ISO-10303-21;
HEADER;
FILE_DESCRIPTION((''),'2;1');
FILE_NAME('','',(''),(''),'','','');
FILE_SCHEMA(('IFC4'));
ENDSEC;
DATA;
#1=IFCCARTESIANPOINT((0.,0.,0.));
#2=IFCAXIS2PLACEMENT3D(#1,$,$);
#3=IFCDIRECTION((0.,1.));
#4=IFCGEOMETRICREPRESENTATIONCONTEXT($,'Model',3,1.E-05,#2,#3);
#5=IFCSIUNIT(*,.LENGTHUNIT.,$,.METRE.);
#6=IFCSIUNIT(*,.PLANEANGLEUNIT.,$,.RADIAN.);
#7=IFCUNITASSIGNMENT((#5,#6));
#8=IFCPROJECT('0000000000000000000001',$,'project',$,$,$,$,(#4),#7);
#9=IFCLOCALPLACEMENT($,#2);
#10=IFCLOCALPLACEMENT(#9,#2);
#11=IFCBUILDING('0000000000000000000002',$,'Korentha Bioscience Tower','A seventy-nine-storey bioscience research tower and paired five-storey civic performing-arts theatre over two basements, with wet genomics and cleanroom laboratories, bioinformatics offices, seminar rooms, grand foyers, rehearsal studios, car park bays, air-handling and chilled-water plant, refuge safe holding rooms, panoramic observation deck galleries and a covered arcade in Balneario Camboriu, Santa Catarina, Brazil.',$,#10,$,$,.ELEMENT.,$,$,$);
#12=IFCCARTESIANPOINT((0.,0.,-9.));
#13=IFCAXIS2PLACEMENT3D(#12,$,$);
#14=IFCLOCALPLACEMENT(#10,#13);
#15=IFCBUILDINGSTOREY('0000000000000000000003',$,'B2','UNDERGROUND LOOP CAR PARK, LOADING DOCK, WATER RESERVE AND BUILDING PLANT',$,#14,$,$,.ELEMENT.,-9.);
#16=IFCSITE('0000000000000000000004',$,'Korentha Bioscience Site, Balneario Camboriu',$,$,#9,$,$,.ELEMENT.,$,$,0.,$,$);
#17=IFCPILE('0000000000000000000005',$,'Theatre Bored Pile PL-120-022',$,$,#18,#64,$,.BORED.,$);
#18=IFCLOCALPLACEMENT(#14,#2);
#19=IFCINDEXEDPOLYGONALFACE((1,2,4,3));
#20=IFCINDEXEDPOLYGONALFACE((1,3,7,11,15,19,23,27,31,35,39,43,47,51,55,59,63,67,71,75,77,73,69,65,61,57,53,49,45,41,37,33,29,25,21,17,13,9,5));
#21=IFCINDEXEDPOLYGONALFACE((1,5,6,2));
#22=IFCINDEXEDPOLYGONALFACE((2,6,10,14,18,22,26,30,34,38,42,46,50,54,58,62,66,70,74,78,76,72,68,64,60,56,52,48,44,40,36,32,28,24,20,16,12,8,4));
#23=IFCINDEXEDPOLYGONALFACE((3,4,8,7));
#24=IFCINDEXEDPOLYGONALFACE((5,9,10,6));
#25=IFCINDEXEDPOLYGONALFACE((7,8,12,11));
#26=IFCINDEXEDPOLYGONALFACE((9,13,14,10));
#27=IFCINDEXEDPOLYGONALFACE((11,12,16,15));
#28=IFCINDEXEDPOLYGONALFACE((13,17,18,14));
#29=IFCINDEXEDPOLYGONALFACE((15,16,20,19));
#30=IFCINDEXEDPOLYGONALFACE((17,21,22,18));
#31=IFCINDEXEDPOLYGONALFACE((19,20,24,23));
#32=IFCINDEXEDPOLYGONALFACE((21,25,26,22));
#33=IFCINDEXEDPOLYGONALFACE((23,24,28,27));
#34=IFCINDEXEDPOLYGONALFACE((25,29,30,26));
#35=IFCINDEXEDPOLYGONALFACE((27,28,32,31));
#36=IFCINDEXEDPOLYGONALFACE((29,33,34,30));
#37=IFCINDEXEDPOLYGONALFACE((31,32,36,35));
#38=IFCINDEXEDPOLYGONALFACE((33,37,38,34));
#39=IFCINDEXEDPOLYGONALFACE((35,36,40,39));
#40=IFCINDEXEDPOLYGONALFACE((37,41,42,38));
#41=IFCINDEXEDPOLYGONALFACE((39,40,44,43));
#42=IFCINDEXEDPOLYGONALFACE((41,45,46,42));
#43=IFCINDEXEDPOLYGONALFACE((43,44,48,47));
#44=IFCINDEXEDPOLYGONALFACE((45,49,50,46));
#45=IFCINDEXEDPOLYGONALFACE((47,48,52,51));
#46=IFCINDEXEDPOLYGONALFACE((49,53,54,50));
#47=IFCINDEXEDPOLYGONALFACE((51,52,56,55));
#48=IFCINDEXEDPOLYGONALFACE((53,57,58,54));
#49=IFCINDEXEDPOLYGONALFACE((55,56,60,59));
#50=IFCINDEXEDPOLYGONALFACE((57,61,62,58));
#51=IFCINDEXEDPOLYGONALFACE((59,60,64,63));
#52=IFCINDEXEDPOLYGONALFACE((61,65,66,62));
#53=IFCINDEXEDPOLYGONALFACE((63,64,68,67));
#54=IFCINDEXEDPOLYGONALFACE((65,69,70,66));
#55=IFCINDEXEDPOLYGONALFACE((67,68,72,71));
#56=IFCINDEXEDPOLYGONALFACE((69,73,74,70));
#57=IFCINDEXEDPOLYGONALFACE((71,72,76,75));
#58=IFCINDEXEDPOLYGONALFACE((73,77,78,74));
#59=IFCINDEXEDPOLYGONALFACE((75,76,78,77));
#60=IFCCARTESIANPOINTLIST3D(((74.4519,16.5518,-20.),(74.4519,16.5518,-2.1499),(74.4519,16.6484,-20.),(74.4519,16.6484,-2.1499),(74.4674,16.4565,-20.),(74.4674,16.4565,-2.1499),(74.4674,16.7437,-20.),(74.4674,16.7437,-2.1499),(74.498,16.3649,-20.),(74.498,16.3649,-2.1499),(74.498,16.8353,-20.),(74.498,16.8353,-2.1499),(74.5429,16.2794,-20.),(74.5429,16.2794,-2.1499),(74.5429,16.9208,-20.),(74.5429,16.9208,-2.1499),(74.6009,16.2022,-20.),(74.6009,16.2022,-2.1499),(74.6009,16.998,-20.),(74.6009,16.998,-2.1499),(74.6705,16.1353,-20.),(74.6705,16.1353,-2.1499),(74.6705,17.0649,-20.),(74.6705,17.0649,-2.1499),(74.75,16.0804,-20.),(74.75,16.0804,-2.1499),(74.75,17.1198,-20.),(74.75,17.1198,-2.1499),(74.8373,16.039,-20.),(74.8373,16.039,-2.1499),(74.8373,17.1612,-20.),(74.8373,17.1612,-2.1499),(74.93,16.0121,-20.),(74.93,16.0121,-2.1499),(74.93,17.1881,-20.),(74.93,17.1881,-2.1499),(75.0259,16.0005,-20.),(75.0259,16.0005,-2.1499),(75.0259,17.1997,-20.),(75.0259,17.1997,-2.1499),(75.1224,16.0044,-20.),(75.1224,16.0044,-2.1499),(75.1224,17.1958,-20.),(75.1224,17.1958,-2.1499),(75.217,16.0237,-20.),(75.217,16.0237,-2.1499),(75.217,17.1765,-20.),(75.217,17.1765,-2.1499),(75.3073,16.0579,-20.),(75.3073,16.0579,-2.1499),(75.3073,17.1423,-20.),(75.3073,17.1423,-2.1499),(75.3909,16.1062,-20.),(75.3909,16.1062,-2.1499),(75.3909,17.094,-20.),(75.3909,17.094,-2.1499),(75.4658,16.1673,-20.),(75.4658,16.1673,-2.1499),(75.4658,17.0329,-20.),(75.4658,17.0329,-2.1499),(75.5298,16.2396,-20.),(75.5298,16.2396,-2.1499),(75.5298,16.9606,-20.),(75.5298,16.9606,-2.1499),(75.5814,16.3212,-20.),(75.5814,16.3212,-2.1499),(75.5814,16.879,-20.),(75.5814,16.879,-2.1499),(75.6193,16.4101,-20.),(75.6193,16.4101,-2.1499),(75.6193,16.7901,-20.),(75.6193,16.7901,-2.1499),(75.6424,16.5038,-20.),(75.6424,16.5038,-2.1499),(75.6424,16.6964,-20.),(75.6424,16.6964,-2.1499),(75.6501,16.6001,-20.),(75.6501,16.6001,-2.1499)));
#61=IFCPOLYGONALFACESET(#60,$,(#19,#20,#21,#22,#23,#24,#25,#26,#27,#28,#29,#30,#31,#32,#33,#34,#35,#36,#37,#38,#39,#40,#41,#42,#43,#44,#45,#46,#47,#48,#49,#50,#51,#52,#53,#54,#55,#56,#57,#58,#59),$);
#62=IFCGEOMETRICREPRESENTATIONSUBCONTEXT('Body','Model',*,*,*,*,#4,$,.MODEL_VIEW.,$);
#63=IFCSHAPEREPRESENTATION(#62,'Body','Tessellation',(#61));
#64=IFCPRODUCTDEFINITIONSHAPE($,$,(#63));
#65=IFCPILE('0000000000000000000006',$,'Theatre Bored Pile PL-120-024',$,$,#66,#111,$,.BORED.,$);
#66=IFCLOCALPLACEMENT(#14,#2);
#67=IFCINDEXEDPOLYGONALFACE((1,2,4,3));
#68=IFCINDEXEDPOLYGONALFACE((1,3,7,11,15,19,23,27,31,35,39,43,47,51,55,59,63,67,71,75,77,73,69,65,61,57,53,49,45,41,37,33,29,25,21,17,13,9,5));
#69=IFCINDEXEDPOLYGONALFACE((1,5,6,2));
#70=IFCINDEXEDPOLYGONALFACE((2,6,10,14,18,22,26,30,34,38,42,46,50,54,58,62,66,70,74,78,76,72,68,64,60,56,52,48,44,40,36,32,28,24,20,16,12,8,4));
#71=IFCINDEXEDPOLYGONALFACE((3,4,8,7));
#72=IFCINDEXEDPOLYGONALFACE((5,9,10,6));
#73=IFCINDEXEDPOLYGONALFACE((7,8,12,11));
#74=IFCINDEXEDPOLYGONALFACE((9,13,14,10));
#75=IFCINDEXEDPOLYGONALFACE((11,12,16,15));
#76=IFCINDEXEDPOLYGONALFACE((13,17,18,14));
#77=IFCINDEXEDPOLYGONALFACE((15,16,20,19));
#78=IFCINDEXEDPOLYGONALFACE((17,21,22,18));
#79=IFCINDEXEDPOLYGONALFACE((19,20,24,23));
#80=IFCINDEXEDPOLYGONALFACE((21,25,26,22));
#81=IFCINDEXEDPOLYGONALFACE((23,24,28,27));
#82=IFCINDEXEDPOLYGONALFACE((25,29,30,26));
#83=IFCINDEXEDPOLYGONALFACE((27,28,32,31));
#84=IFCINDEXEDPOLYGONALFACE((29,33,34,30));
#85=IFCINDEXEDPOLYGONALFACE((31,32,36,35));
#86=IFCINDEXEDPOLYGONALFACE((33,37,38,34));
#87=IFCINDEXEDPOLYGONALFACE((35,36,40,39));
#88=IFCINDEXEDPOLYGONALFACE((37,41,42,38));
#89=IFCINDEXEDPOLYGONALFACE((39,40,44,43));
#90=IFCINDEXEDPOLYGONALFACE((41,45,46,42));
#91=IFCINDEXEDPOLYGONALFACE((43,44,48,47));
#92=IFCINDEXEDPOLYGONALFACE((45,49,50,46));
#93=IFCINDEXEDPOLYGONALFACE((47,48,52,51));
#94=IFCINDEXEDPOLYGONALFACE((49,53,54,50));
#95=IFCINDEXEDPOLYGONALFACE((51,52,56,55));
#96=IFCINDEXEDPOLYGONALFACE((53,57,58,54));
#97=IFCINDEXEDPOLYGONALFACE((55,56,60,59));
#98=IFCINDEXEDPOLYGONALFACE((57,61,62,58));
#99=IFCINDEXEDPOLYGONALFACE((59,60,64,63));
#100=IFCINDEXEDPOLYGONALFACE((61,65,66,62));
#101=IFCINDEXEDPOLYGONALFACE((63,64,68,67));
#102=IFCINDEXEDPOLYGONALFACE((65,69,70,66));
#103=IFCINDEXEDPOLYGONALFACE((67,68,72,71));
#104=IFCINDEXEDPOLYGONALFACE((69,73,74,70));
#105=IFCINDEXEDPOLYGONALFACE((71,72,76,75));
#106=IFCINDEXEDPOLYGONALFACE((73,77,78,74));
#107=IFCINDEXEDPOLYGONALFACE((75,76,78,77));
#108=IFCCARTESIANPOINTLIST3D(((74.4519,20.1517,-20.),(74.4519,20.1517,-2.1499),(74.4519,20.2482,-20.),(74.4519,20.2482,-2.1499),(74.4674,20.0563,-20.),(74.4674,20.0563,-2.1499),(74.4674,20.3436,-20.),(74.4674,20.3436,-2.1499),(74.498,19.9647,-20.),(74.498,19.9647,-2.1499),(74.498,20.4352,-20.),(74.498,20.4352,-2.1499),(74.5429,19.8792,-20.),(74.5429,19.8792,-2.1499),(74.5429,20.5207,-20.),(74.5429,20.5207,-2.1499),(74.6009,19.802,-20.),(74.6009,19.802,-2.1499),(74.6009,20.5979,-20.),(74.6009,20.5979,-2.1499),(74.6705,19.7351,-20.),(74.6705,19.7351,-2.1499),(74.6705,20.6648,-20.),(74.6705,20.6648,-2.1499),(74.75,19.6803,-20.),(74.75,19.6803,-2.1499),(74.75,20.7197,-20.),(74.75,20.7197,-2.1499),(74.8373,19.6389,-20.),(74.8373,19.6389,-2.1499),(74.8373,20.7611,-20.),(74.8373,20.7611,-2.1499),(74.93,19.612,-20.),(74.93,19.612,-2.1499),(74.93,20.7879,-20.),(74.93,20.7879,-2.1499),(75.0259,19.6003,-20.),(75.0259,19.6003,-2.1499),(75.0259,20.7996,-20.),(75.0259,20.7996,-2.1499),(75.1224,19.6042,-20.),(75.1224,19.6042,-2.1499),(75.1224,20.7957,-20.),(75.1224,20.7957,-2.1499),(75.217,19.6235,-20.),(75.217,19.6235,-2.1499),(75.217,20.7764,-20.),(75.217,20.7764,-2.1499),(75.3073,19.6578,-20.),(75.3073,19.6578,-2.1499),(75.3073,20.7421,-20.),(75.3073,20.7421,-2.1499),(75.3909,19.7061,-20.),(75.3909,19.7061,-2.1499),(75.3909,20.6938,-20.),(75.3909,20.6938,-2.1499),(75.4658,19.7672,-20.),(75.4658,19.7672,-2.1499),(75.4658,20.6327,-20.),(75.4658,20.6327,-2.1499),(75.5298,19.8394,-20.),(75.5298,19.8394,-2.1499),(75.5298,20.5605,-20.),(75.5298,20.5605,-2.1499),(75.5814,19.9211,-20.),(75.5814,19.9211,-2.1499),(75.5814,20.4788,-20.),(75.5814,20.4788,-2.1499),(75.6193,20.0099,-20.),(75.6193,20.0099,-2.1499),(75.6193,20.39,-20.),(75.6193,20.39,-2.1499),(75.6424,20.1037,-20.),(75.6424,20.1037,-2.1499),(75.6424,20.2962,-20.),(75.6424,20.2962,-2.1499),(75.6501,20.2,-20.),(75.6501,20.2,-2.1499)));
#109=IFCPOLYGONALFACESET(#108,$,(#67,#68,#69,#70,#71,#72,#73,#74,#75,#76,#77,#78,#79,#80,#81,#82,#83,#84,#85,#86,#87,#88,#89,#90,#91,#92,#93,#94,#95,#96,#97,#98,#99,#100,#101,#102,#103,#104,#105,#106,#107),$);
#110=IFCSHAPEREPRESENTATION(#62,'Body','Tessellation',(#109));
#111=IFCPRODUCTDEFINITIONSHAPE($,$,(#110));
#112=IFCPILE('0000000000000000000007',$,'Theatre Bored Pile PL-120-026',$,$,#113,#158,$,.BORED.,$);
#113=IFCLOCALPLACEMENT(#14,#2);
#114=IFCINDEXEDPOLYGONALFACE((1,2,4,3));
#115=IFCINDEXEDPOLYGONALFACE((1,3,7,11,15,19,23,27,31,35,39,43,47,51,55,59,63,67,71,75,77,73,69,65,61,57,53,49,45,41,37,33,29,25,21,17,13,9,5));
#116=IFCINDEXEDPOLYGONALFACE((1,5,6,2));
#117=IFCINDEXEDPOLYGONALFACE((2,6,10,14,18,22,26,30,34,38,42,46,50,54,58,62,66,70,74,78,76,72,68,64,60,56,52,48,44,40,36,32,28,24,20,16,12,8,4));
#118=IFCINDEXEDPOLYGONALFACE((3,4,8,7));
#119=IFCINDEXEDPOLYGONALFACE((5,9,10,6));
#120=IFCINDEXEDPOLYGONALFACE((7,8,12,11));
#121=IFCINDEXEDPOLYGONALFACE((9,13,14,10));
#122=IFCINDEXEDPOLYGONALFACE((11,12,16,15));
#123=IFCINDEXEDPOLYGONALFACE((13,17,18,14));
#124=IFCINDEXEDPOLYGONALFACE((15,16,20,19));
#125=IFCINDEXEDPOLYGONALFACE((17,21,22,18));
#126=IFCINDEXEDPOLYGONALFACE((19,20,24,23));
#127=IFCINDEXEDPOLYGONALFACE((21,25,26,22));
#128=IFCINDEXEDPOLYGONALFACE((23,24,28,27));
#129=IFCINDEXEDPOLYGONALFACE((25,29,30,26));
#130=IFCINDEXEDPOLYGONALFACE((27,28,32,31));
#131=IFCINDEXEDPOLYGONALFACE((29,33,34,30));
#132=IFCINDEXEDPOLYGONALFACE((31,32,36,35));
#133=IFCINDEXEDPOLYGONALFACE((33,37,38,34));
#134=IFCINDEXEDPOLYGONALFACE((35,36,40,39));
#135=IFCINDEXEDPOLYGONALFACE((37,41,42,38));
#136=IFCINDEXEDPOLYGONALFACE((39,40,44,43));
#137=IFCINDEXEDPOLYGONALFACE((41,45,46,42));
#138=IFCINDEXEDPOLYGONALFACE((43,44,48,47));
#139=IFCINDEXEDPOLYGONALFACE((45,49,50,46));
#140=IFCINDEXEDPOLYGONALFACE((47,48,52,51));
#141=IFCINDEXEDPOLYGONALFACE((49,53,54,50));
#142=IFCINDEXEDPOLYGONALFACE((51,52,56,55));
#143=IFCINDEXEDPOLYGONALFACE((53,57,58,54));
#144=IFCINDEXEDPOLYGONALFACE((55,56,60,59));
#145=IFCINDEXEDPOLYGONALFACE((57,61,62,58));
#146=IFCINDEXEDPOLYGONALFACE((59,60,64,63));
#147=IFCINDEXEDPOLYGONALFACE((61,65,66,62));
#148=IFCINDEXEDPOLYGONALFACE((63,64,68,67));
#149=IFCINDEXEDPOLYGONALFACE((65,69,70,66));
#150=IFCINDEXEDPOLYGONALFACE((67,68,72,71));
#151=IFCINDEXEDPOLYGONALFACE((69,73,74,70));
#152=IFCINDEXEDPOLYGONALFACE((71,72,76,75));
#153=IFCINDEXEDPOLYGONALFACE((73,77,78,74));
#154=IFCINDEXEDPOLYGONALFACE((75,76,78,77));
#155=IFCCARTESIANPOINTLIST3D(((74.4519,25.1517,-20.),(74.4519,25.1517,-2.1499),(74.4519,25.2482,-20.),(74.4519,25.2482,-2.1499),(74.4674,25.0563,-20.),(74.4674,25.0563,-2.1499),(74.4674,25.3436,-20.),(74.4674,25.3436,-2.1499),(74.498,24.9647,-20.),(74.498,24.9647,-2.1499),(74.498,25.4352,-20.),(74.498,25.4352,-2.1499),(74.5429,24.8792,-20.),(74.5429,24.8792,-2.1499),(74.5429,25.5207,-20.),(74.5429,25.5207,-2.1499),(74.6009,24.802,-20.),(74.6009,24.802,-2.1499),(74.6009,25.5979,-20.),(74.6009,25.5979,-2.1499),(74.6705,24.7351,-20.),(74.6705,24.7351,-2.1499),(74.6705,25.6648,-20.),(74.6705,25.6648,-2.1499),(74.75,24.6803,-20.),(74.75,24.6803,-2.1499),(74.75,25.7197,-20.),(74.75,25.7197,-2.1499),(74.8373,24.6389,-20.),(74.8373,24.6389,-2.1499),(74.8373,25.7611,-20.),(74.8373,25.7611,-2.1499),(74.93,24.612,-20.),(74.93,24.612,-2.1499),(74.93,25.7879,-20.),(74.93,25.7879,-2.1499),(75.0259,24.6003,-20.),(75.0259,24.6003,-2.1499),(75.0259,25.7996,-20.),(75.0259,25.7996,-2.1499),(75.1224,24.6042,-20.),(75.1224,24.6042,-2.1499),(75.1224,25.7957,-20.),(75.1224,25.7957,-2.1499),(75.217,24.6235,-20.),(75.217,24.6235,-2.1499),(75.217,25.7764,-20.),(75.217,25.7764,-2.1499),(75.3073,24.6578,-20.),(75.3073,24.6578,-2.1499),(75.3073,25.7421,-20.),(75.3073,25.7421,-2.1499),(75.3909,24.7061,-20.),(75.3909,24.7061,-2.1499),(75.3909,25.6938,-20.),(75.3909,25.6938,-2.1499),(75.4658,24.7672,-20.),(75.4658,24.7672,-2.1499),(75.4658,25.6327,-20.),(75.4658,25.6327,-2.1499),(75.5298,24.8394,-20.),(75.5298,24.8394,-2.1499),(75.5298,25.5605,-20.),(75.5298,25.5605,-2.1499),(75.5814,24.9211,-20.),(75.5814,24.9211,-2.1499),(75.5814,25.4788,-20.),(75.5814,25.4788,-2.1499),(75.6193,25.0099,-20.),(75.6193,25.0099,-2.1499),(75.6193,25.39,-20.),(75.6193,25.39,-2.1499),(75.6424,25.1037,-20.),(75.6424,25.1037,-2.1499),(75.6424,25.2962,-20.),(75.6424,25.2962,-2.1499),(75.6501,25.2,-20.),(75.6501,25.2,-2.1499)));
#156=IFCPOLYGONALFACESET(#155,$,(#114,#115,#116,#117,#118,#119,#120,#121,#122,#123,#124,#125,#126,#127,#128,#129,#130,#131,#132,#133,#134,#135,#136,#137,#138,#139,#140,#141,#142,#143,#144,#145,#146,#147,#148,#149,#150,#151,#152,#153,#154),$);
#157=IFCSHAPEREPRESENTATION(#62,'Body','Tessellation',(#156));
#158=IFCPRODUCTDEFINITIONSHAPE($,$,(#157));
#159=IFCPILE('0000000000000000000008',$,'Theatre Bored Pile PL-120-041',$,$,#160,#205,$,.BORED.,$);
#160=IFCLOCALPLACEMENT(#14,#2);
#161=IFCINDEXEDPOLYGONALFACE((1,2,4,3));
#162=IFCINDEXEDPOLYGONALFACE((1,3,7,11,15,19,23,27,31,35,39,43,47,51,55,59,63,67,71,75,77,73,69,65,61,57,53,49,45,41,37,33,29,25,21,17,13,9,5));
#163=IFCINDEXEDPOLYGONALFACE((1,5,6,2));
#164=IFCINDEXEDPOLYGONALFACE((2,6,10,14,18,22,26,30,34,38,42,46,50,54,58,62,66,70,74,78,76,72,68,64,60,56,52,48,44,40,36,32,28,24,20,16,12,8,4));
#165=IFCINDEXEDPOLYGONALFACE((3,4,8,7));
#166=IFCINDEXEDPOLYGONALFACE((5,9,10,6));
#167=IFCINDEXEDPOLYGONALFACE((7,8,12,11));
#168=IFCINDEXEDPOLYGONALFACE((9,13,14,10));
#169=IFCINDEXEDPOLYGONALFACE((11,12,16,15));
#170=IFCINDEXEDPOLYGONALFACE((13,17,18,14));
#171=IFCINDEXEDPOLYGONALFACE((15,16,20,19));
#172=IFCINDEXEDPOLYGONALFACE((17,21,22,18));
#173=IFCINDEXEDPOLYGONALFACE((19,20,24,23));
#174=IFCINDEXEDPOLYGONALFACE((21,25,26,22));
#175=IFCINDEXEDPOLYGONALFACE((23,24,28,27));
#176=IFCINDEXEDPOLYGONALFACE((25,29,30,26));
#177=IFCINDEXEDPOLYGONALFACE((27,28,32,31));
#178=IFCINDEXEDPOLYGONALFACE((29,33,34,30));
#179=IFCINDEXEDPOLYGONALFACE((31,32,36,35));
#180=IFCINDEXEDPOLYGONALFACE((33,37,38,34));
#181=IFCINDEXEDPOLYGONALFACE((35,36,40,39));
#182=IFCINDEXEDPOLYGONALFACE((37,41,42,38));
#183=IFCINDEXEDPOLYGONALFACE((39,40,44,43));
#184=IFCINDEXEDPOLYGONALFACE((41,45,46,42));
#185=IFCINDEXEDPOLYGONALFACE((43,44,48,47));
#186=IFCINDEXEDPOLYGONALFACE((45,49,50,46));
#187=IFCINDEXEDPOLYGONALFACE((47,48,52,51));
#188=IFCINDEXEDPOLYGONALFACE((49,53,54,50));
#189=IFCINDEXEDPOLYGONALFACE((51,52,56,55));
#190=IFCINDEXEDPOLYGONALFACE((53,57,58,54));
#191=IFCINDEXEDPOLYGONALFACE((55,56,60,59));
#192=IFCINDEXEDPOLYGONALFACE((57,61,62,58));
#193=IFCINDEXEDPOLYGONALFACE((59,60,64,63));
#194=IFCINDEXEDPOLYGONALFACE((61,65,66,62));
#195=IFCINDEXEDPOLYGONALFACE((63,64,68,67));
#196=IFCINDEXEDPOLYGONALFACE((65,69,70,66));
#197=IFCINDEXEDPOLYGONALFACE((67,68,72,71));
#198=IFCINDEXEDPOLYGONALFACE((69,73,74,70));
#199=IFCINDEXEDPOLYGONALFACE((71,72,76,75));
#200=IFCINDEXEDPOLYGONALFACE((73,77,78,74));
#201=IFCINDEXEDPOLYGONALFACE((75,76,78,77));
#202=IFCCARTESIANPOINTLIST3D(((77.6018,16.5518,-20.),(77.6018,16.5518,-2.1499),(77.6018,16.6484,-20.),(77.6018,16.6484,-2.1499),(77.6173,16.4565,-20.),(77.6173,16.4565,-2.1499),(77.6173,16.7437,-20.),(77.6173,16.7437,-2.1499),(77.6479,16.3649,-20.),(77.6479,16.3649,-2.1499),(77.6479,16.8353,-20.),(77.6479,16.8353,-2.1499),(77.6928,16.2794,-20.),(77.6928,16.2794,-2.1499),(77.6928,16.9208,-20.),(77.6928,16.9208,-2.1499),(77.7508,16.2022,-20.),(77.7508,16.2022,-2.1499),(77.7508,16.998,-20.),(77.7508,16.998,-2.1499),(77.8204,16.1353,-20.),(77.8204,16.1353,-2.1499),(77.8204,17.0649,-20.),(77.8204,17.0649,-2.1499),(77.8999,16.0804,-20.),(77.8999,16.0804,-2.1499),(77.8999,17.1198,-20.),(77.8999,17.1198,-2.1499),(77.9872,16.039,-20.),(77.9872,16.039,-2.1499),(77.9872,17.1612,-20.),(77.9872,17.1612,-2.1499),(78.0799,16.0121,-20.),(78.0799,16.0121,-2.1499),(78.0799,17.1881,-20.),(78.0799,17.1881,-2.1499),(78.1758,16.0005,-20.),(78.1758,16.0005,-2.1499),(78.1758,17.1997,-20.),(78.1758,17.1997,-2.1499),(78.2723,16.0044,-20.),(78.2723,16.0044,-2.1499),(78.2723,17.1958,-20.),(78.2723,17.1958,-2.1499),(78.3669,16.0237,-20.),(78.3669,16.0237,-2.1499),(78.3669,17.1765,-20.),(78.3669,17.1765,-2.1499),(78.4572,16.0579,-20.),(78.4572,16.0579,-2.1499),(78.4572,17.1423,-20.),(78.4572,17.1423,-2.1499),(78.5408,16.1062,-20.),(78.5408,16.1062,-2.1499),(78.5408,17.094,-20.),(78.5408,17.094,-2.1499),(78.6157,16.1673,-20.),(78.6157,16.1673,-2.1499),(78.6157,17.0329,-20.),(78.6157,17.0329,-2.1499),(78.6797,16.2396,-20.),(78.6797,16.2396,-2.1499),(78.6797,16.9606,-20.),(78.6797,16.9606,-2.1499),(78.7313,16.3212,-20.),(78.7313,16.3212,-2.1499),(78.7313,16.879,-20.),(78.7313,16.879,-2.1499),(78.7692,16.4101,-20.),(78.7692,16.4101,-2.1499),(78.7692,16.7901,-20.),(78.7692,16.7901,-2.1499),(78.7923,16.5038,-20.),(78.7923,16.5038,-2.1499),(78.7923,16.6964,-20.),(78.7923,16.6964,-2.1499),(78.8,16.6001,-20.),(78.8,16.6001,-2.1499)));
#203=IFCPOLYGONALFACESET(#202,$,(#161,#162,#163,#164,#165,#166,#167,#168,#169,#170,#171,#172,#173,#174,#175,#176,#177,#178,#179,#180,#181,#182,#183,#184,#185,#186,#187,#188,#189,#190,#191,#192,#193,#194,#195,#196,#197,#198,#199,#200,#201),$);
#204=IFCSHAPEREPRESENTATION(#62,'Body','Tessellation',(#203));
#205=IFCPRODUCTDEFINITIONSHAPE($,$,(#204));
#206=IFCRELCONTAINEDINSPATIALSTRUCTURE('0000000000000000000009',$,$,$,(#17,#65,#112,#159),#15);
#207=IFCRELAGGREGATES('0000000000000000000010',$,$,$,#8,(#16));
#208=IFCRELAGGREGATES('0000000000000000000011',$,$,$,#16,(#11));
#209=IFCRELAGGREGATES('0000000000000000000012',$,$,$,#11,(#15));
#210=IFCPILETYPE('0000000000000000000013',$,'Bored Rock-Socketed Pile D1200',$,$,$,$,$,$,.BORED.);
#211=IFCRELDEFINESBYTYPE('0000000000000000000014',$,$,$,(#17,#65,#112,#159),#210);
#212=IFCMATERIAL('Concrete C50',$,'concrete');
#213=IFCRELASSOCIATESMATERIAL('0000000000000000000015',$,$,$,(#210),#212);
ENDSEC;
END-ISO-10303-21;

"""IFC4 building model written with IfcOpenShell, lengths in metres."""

from ifc_helpers import new_model, si_unit, direction, frame, origin, origin_2d, place, context, subcontext, project, spatial, circle, extrude, material, material_profile, profile_set, type_object, element, save


model = new_model("IFC4")

# Units and contexts
model_context = context("Model", 3, precision=1e-05, world=origin(), true_north=direction((0.0, 1.0)))
body_context = subcontext(model_context, "Body", "Model", "MODEL_VIEW")
ifc_project = project(units=[si_unit("LENGTHUNIT", "METRE"), si_unit("PLANEANGLEUNIT", "RADIAN")], contexts=[model_context])

# Site, building, storey
site_placement = place(None, origin())
site = spatial("IfcSite", under=ifc_project, at=site_placement, Name="Korentha Bioscience Site, Balneario Camboriu", CompositionType="ELEMENT", RefElevation=0.0)
building_placement = place(site_placement, origin())
building = spatial("IfcBuilding", under=site, at=building_placement, Name="Korentha Bioscience Tower", Description="A seventy-nine-storey bioscience research tower and paired five-storey civic performing-arts theatre over two basements, with wet genomics and cleanroom laboratories, bioinformatics offices, seminar rooms, grand foyers, rehearsal studios, car park bays, air-handling and chilled-water plant, refuge safe holding rooms, panoramic observation deck galleries and a covered arcade in Balneario Camboriu, Santa Catarina, Brazil.", CompositionType="ELEMENT")
storey_placement = place(building_placement, frame((0.0, 0.0, -9.0)))
storey = spatial("IfcBuildingStorey", under=building, at=storey_placement, Name="B2", Description="UNDERGROUND LOOP CAR PARK, LOADING DOCK, WATER RESERVE AND BUILDING PLANT", CompositionType="ELEMENT", Elevation=-9.0)

# Piles
ifc_material_1 = material(Name="Concrete C50", Category="concrete")
ifc_material_profile_1 = material_profile(ifc_material_1, circle(Radius=0.6001, at=origin_2d()), Name="Concrete C50")
ifc_profile_set_1 = profile_set([ifc_material_profile_1], Name="Concrete C50 (PL-120)")
pile_type = type_object("IfcPileType", Name="Bored Rock-Socketed Pile D1200", PredefinedType="BORED", material=ifc_profile_set_1)
for number, where, z_axis, x_axis, name in (
    (1, (75.05, 16.6001, -2.1499), (0.0, 0.0, -1.0), (1.0, 0.0, 0.0), "Theatre Bored Pile PL-120-022"),
    (2, (75.05, 20.2, -2.1499), (0.0, 0.0, -1.0), (1.0, 0.0, 0.0), "Theatre Bored Pile PL-120-024"),
    (3, (75.05, 25.2, -2.1499), (0.0, 0.0, -1.0), (1.0, 0.0, 0.0), "Theatre Bored Pile PL-120-026"),
    (4, (78.2, 16.6001, -2.1499), (0.0, 0.0, -1.0), (1.0, 0.0, 0.0), "Theatre Bored Pile PL-120-041"),
):
    element("IfcPile", number, at=place(storey_placement, frame(where, z_axis=z_axis, x_axis=x_axis)), inside=storey, type_object=pile_type, Name=name, PredefinedType="BORED", context=body_context, shape_type="SweptSolid", body=[
        extrude(circle(Radius=0.6001, at=origin_2d()), origin(), (0.0, 0.0, 1.0), 17.8501),
    ])

save(model, "model.ifc")
